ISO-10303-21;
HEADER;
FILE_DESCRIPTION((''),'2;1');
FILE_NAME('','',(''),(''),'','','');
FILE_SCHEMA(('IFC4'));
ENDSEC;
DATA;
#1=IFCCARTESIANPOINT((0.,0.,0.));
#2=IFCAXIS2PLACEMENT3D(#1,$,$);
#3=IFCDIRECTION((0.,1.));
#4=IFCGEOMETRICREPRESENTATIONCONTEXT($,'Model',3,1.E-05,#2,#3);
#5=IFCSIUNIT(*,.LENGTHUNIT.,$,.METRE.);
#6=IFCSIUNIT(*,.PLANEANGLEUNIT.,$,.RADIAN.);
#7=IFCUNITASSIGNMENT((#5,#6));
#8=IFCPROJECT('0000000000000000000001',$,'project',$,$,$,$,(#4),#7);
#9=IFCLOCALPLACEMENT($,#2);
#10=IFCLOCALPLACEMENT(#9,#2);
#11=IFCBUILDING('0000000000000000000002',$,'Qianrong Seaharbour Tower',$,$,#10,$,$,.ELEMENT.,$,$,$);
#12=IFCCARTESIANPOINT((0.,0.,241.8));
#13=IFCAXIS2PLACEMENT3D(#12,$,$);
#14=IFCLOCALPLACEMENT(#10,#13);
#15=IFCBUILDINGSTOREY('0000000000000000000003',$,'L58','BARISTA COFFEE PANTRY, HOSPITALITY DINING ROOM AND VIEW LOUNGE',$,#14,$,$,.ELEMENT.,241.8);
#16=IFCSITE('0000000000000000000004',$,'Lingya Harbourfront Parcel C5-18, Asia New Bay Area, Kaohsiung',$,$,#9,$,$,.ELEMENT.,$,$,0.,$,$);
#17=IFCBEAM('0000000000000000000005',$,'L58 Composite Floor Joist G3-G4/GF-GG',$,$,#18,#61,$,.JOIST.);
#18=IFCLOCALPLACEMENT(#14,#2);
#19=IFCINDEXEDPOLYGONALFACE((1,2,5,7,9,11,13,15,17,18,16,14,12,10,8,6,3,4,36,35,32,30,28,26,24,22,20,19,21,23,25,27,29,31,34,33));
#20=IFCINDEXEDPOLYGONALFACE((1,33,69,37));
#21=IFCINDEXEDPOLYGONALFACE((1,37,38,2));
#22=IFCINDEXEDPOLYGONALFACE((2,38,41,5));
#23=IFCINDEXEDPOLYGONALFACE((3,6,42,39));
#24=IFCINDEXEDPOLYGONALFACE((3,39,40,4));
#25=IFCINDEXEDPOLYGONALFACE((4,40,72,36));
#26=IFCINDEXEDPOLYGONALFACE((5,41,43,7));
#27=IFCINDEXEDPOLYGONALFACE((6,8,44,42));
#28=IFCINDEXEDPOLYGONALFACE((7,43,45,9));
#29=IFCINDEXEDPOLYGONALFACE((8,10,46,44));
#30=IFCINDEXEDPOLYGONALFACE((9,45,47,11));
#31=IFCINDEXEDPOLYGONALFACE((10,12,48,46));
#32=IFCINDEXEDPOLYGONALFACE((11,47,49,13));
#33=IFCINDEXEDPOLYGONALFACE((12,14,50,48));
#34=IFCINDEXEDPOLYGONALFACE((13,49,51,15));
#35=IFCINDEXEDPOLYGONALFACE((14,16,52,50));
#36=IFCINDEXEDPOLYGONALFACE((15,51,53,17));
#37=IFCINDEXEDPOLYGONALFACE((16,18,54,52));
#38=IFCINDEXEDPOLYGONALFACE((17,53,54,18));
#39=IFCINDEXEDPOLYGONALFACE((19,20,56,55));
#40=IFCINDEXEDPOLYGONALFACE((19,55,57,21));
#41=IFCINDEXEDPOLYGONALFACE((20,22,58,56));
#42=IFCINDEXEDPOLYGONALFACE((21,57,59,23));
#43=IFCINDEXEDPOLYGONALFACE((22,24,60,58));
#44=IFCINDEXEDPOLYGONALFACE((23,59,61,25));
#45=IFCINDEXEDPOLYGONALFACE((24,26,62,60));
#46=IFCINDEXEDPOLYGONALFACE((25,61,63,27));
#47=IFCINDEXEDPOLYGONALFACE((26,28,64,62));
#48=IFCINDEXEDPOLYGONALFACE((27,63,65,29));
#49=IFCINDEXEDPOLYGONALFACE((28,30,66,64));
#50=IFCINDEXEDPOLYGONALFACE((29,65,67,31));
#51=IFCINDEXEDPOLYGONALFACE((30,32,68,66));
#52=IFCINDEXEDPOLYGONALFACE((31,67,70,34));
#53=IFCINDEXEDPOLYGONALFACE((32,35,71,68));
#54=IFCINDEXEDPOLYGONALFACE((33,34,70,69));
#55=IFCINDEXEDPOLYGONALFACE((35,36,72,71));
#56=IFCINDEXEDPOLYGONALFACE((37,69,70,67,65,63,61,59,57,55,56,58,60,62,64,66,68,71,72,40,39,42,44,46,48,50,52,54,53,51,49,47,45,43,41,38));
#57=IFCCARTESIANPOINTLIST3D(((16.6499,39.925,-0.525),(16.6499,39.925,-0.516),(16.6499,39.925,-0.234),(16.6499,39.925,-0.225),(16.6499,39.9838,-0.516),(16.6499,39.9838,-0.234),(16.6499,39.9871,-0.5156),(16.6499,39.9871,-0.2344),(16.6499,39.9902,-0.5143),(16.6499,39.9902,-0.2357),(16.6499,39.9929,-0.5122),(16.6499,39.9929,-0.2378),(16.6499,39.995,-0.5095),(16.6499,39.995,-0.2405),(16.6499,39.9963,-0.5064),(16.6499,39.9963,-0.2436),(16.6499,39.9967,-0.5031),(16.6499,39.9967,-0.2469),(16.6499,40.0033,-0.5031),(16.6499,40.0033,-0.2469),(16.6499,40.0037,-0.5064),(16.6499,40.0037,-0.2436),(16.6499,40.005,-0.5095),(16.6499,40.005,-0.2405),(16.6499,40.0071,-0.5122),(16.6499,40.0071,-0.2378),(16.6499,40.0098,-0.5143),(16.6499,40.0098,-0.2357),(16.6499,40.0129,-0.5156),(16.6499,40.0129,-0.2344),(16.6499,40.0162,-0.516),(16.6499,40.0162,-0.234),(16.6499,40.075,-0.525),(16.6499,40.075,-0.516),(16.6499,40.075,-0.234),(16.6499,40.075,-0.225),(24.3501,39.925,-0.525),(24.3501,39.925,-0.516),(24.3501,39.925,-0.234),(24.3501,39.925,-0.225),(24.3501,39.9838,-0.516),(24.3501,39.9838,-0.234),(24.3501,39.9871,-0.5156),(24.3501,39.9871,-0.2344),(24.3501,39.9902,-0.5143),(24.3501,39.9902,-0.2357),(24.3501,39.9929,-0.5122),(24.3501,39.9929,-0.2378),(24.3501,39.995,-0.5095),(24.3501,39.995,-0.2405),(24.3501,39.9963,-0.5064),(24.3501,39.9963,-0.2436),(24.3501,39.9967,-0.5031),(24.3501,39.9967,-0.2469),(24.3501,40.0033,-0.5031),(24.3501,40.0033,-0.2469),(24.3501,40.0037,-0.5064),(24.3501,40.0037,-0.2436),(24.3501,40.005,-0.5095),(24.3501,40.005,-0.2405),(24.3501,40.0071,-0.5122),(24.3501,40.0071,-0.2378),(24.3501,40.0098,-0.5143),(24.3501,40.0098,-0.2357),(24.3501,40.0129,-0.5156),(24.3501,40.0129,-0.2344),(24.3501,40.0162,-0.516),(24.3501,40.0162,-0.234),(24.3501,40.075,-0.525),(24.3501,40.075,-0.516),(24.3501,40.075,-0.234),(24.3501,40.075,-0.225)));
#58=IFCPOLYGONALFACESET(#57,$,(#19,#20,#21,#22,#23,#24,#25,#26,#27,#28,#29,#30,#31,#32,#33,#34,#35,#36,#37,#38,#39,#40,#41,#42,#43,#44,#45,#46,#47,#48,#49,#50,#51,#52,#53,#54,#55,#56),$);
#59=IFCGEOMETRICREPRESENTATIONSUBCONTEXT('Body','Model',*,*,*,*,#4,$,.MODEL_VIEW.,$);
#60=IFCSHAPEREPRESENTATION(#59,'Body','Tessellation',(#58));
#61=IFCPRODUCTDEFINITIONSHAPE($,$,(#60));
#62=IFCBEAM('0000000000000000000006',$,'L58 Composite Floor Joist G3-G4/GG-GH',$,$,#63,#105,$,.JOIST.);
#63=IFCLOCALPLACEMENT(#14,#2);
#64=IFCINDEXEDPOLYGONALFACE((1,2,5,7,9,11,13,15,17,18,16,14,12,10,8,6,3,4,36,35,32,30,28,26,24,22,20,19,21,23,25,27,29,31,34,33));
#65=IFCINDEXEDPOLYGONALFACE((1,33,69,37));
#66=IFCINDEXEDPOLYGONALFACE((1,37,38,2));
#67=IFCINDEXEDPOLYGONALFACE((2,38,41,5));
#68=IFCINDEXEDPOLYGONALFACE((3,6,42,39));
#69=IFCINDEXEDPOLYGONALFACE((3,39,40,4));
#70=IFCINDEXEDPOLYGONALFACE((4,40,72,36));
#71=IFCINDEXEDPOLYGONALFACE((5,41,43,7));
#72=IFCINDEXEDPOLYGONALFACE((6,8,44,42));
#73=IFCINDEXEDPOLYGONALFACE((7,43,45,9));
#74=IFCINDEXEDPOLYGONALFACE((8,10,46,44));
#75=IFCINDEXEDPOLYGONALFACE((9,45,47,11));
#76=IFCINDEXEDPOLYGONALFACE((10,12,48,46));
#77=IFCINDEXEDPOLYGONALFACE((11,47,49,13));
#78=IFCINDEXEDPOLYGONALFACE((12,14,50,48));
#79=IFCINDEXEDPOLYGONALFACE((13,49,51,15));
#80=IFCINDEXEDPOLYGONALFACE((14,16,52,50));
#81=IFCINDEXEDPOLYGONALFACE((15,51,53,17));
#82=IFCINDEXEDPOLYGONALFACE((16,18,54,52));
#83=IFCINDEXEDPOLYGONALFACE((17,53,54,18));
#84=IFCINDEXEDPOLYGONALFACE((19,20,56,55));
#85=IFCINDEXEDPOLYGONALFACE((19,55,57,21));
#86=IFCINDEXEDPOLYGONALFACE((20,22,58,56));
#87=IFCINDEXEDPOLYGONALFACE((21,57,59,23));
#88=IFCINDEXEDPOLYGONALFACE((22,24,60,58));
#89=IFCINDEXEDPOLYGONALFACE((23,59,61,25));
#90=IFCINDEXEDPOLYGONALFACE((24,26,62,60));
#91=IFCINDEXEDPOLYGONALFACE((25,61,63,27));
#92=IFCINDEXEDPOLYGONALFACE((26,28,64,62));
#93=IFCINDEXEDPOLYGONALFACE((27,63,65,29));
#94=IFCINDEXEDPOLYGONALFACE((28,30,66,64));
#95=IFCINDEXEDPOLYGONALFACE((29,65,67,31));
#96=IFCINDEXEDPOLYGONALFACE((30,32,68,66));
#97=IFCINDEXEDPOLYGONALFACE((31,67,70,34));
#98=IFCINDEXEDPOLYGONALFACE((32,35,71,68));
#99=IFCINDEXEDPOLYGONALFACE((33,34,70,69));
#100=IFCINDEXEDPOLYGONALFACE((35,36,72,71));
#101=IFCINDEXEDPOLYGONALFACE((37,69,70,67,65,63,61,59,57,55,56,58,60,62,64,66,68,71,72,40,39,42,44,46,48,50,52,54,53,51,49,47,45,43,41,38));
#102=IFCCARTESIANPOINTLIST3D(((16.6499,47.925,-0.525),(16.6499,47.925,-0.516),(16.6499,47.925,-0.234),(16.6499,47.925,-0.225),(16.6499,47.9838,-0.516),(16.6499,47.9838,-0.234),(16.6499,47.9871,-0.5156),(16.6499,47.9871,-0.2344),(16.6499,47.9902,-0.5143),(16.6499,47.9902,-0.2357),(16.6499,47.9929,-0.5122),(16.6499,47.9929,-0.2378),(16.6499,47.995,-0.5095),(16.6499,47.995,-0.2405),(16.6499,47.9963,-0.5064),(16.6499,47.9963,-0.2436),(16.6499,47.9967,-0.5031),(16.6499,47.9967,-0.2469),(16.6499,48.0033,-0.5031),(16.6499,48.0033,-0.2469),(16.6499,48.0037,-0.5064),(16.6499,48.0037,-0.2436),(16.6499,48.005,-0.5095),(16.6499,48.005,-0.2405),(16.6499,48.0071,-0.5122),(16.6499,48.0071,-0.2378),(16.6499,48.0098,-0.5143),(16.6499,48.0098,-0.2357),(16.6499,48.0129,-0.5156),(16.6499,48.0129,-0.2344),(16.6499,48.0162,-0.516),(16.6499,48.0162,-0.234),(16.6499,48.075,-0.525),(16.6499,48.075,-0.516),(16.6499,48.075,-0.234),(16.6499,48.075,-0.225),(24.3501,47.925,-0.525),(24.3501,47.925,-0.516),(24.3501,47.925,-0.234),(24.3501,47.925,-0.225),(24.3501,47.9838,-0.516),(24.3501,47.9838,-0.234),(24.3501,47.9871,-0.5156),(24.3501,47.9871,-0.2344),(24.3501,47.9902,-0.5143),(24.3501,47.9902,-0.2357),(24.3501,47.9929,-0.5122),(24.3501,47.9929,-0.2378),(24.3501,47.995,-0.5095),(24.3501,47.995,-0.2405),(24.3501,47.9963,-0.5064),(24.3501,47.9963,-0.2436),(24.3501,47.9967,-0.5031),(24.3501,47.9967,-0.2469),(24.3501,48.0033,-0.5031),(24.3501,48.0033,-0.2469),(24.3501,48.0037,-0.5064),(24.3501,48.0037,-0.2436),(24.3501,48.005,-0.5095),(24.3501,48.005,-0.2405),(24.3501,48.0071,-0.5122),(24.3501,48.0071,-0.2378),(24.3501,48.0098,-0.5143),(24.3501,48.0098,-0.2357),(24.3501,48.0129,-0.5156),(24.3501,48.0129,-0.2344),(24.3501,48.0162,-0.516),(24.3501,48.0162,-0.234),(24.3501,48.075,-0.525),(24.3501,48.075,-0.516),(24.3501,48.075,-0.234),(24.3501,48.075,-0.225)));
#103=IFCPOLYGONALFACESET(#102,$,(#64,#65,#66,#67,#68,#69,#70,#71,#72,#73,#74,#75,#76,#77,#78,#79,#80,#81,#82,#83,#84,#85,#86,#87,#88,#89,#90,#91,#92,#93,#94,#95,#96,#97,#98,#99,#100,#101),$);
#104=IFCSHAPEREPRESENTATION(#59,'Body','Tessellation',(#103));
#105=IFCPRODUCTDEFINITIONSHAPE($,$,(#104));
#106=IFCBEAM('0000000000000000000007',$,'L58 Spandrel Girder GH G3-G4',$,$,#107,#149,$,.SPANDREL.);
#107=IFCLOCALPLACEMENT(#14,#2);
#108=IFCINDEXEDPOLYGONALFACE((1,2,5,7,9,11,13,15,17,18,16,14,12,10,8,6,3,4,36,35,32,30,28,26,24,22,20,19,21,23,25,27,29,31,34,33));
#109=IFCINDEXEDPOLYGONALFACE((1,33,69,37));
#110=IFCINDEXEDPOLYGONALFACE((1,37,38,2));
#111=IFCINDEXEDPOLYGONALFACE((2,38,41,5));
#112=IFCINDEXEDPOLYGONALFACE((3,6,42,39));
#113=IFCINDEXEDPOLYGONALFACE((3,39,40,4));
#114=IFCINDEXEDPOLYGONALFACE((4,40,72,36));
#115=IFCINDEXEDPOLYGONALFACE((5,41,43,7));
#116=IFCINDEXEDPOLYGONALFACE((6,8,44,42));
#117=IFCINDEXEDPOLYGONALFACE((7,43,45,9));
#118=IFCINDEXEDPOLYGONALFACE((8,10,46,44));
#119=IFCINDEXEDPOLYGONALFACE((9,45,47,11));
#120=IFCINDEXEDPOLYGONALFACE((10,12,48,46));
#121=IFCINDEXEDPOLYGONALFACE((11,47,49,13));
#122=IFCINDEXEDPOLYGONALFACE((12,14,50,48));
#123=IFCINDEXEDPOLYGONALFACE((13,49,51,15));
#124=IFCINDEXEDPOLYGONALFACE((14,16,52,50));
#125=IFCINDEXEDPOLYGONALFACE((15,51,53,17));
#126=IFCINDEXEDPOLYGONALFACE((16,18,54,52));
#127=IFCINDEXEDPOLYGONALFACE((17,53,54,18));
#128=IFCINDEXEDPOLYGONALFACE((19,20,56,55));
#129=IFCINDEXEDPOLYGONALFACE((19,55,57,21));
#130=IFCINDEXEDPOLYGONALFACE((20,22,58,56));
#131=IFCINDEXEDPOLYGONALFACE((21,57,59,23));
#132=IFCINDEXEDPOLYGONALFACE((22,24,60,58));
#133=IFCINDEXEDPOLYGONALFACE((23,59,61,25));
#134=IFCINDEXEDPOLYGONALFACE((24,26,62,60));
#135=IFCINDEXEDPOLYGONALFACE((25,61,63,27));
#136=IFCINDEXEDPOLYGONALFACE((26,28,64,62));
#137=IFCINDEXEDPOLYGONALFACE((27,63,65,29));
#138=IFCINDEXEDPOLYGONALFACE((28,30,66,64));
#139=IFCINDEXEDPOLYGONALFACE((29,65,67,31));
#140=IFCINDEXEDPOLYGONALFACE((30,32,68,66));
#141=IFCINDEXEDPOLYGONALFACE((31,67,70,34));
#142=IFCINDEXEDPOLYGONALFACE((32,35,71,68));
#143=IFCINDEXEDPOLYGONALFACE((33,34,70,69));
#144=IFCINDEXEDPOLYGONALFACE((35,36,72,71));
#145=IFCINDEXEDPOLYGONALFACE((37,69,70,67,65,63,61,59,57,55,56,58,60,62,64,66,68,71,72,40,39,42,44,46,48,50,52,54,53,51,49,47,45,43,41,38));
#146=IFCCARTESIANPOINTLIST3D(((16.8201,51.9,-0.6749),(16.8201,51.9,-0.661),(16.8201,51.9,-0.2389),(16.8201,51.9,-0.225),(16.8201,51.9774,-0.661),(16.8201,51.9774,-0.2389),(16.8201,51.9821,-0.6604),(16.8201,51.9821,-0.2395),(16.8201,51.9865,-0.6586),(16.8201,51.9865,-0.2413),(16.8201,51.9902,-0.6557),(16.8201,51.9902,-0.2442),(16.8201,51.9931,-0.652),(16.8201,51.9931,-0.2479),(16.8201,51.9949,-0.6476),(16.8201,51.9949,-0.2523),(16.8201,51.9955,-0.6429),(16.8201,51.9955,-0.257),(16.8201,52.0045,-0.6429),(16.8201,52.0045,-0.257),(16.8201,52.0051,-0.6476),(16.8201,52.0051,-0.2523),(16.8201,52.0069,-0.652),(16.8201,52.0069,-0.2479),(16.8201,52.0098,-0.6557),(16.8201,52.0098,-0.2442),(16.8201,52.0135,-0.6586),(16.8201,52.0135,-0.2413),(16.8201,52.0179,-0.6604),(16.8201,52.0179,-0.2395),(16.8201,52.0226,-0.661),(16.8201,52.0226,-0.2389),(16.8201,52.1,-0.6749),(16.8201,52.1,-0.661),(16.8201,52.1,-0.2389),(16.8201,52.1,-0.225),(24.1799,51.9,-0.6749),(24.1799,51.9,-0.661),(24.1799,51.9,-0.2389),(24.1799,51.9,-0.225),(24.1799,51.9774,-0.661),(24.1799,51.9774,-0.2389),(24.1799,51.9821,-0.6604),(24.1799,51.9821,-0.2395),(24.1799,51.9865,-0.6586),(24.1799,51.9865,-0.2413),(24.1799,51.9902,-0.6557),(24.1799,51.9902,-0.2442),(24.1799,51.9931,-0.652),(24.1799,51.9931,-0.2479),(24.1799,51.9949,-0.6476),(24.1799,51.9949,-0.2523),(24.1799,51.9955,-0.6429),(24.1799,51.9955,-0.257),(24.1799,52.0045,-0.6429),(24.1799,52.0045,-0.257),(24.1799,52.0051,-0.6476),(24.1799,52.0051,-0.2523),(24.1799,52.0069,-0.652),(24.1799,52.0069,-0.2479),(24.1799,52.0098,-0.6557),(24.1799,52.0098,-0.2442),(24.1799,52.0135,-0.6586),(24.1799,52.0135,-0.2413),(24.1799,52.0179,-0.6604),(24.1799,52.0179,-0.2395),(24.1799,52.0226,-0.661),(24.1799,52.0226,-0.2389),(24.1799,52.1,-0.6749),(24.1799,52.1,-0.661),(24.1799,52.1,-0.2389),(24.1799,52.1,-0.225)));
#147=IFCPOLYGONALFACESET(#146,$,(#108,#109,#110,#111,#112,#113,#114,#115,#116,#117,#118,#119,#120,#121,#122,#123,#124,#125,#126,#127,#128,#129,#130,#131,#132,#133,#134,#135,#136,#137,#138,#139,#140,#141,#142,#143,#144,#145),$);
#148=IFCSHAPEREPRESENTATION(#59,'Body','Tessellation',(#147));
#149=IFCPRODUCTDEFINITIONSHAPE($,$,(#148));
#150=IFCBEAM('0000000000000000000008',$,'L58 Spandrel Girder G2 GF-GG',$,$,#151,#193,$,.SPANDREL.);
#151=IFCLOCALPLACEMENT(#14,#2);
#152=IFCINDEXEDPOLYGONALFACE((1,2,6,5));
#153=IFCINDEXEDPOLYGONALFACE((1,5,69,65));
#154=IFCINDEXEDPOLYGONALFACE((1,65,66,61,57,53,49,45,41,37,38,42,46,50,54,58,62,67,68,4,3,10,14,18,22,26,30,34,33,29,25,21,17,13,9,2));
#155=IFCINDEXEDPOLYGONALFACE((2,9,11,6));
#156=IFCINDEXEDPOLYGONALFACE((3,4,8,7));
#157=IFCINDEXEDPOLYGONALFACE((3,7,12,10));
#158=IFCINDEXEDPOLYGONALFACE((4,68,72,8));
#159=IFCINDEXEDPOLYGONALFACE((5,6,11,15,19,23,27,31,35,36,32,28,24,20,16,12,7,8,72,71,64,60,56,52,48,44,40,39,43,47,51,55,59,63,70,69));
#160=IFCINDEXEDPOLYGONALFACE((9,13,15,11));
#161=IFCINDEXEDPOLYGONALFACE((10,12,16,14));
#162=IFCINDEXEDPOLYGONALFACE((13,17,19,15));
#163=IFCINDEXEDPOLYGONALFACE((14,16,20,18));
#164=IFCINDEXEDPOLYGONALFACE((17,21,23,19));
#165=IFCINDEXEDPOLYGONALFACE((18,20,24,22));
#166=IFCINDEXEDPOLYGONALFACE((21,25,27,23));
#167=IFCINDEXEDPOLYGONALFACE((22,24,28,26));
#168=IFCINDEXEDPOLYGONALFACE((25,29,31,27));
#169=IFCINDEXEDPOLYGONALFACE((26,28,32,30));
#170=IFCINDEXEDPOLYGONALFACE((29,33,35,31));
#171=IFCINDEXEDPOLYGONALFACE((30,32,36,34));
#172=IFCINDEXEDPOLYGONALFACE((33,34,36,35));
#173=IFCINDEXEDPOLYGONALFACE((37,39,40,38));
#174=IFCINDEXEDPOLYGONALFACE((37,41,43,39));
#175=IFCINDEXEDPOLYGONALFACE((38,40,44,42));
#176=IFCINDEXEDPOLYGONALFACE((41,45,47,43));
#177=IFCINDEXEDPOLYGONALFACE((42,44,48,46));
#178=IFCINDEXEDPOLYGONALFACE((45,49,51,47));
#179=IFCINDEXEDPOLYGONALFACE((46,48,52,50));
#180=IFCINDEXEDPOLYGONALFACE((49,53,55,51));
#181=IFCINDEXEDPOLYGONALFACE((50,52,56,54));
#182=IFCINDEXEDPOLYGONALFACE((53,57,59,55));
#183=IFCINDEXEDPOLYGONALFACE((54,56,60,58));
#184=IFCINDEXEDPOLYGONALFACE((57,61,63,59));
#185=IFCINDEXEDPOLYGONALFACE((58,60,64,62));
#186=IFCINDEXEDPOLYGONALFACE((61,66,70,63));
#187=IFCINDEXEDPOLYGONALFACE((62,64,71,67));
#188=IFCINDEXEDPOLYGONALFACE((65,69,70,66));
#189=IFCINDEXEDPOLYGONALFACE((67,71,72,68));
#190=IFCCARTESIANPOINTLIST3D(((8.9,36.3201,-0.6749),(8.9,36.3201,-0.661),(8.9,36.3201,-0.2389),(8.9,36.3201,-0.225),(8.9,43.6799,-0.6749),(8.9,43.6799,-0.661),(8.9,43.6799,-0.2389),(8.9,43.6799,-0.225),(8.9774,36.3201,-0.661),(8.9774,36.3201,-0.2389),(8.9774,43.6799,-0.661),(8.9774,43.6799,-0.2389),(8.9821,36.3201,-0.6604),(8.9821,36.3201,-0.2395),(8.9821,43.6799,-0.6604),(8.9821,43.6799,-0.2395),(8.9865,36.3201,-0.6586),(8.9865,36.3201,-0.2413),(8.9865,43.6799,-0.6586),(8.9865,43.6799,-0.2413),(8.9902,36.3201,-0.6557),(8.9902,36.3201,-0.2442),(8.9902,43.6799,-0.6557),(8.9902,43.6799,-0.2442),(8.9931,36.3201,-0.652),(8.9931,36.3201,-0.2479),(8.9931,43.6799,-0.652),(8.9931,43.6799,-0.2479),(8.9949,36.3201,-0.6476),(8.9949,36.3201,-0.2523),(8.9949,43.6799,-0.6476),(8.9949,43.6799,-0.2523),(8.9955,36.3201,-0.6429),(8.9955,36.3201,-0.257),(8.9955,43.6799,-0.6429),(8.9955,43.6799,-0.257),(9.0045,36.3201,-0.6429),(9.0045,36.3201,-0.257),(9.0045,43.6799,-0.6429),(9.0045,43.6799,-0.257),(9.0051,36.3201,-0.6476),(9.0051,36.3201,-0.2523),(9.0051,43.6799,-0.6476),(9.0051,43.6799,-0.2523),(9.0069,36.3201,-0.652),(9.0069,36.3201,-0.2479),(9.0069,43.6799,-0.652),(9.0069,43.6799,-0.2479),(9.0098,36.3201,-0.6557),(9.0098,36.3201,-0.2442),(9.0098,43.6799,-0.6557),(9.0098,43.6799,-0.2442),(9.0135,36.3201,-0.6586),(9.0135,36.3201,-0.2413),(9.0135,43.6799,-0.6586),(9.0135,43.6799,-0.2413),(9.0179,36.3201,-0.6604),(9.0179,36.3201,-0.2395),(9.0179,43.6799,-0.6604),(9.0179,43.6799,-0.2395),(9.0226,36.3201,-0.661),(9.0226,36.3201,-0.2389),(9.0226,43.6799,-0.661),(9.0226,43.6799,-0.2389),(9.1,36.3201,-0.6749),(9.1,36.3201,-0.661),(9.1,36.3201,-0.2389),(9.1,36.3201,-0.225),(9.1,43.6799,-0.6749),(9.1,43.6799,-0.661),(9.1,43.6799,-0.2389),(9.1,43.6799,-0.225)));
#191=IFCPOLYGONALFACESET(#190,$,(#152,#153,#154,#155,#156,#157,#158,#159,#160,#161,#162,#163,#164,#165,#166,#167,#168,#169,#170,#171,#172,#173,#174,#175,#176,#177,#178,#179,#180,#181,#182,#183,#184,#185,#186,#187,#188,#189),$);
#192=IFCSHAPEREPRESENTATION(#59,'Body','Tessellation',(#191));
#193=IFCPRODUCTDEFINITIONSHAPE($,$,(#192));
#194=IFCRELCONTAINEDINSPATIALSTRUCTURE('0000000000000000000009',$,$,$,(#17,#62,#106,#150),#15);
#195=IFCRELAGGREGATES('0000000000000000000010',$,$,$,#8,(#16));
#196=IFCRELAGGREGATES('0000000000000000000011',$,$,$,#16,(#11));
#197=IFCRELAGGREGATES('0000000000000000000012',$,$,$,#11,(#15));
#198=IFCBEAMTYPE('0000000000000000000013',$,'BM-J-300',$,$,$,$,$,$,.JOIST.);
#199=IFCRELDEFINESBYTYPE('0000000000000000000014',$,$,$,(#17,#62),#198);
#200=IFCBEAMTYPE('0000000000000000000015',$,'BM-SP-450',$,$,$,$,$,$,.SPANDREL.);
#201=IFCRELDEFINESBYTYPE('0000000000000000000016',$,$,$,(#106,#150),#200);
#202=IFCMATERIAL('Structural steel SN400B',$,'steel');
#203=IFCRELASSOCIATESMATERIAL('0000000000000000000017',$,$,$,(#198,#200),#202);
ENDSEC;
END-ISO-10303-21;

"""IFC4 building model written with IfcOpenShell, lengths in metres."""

from ifc_helpers import new_model, si_unit, direction, frame, origin, origin_2d, place, context, subcontext, project, spatial, i_section, extrude, material, material_profile, profile_set, type_object, element, save


model = new_model("IFC4")

# Units and contexts
model_context = context("Model", 3, precision=1e-05, world=origin(), true_north=direction((0.0, 1.0)))
body_context = subcontext(model_context, "Body", "Model", "MODEL_VIEW")
ifc_project = project(units=[si_unit("LENGTHUNIT", "METRE"), si_unit("PLANEANGLEUNIT", "RADIAN")], contexts=[model_context])

# Site, building, storey
site_placement = place(None, origin())
site = spatial("IfcSite", under=ifc_project, at=site_placement, Name="Lingya Harbourfront Parcel C5-18, Asia New Bay Area, Kaohsiung", CompositionType="ELEMENT", RefElevation=0.0)
building_placement = place(site_placement, origin())
building = spatial("IfcBuilding", under=site, at=building_placement, Name="Qianrong Seaharbour Tower", CompositionType="ELEMENT")
storey_placement = place(building_placement, frame((0.0, 0.0, 241.8)))
storey = spatial("IfcBuildingStorey", under=building, at=storey_placement, Name="L58", Description="BARISTA COFFEE PANTRY, HOSPITALITY DINING ROOM AND VIEW LOUNGE", CompositionType="ELEMENT", Elevation=241.8)

# Beams
ifc_material_1 = material(Name="Structural steel SN400B", Category="steel")
ifc_material_profile_1 = material_profile(ifc_material_1, i_section(OverallWidth=0.1499, OverallDepth=0.3, WebThickness=0.0066, FlangeThickness=0.009, FilletRadius=0.0129, at=origin_2d()), Name="H300x150x6.5x9")
ifc_profile_set_1 = profile_set([ifc_material_profile_1], Name="Structural steel SN400B")
beam_type_1 = type_object("IfcBeamType", Name="BM-J-300", PredefinedType="JOIST", material=ifc_profile_set_1)
for number, where, z_axis, x_axis, name in (
    (1, (16.6499, 40.0, -0.375), (1.0, 0.0, 0.0), (0.0, 1.0, 0.0), "L58 Composite Floor Joist G3-G4/GF-GG"),
    (2, (16.6499, 48.0, -0.375), (1.0, 0.0, 0.0), (0.0, 1.0, 0.0), "L58 Composite Floor Joist G3-G4/GG-GH"),
):
    element("IfcBeam", number, at=place(storey_placement, frame(where, z_axis=z_axis, x_axis=x_axis)), inside=storey, type_object=beam_type_1, Name=name, PredefinedType="JOIST", context=body_context, shape_type="SweptSolid", body=[
        extrude(i_section(OverallWidth=0.1499, OverallDepth=0.3, WebThickness=0.0066, FlangeThickness=0.009, FilletRadius=0.0129, at=origin_2d()), origin(), (0.0, 0.0, 1.0), 7.7002),
    ])
ifc_material_profile_2 = material_profile(ifc_material_1, i_section(OverallWidth=0.2, OverallDepth=0.45, WebThickness=0.009, FlangeThickness=0.0139, FilletRadius=0.0181, at=origin_2d()), Name="H450x200x9x14")
ifc_profile_set_2 = profile_set([ifc_material_profile_2], Name="Structural steel SN400B")
beam_type_2 = type_object("IfcBeamType", Name="BM-SP-450", PredefinedType="SPANDREL", material=ifc_profile_set_2)
for number, where, z_axis, x_axis, name in (
    (3, (16.8201, 52.0, -0.45), (1.0, 0.0, 0.0), (0.0, 1.0, 0.0), "L58 Spandrel Girder GH G3-G4"),
    (4, (9.0, 36.3201, -0.45), (0.0, 1.0, 0.0), (-1.0, 0.0, 0.0), "L58 Spandrel Girder G2 GF-GG"),
):
    element("IfcBeam", number, at=place(storey_placement, frame(where, z_axis=z_axis, x_axis=x_axis)), inside=storey, type_object=beam_type_2, Name=name, PredefinedType="SPANDREL", context=body_context, shape_type="SweptSolid", body=[
        extrude(i_section(OverallWidth=0.2, OverallDepth=0.45, WebThickness=0.009, FlangeThickness=0.0139, FilletRadius=0.0181, at=origin_2d()), origin(), (0.0, 0.0, 1.0), 7.3599),
    ])

save(model, "model.ifc")
